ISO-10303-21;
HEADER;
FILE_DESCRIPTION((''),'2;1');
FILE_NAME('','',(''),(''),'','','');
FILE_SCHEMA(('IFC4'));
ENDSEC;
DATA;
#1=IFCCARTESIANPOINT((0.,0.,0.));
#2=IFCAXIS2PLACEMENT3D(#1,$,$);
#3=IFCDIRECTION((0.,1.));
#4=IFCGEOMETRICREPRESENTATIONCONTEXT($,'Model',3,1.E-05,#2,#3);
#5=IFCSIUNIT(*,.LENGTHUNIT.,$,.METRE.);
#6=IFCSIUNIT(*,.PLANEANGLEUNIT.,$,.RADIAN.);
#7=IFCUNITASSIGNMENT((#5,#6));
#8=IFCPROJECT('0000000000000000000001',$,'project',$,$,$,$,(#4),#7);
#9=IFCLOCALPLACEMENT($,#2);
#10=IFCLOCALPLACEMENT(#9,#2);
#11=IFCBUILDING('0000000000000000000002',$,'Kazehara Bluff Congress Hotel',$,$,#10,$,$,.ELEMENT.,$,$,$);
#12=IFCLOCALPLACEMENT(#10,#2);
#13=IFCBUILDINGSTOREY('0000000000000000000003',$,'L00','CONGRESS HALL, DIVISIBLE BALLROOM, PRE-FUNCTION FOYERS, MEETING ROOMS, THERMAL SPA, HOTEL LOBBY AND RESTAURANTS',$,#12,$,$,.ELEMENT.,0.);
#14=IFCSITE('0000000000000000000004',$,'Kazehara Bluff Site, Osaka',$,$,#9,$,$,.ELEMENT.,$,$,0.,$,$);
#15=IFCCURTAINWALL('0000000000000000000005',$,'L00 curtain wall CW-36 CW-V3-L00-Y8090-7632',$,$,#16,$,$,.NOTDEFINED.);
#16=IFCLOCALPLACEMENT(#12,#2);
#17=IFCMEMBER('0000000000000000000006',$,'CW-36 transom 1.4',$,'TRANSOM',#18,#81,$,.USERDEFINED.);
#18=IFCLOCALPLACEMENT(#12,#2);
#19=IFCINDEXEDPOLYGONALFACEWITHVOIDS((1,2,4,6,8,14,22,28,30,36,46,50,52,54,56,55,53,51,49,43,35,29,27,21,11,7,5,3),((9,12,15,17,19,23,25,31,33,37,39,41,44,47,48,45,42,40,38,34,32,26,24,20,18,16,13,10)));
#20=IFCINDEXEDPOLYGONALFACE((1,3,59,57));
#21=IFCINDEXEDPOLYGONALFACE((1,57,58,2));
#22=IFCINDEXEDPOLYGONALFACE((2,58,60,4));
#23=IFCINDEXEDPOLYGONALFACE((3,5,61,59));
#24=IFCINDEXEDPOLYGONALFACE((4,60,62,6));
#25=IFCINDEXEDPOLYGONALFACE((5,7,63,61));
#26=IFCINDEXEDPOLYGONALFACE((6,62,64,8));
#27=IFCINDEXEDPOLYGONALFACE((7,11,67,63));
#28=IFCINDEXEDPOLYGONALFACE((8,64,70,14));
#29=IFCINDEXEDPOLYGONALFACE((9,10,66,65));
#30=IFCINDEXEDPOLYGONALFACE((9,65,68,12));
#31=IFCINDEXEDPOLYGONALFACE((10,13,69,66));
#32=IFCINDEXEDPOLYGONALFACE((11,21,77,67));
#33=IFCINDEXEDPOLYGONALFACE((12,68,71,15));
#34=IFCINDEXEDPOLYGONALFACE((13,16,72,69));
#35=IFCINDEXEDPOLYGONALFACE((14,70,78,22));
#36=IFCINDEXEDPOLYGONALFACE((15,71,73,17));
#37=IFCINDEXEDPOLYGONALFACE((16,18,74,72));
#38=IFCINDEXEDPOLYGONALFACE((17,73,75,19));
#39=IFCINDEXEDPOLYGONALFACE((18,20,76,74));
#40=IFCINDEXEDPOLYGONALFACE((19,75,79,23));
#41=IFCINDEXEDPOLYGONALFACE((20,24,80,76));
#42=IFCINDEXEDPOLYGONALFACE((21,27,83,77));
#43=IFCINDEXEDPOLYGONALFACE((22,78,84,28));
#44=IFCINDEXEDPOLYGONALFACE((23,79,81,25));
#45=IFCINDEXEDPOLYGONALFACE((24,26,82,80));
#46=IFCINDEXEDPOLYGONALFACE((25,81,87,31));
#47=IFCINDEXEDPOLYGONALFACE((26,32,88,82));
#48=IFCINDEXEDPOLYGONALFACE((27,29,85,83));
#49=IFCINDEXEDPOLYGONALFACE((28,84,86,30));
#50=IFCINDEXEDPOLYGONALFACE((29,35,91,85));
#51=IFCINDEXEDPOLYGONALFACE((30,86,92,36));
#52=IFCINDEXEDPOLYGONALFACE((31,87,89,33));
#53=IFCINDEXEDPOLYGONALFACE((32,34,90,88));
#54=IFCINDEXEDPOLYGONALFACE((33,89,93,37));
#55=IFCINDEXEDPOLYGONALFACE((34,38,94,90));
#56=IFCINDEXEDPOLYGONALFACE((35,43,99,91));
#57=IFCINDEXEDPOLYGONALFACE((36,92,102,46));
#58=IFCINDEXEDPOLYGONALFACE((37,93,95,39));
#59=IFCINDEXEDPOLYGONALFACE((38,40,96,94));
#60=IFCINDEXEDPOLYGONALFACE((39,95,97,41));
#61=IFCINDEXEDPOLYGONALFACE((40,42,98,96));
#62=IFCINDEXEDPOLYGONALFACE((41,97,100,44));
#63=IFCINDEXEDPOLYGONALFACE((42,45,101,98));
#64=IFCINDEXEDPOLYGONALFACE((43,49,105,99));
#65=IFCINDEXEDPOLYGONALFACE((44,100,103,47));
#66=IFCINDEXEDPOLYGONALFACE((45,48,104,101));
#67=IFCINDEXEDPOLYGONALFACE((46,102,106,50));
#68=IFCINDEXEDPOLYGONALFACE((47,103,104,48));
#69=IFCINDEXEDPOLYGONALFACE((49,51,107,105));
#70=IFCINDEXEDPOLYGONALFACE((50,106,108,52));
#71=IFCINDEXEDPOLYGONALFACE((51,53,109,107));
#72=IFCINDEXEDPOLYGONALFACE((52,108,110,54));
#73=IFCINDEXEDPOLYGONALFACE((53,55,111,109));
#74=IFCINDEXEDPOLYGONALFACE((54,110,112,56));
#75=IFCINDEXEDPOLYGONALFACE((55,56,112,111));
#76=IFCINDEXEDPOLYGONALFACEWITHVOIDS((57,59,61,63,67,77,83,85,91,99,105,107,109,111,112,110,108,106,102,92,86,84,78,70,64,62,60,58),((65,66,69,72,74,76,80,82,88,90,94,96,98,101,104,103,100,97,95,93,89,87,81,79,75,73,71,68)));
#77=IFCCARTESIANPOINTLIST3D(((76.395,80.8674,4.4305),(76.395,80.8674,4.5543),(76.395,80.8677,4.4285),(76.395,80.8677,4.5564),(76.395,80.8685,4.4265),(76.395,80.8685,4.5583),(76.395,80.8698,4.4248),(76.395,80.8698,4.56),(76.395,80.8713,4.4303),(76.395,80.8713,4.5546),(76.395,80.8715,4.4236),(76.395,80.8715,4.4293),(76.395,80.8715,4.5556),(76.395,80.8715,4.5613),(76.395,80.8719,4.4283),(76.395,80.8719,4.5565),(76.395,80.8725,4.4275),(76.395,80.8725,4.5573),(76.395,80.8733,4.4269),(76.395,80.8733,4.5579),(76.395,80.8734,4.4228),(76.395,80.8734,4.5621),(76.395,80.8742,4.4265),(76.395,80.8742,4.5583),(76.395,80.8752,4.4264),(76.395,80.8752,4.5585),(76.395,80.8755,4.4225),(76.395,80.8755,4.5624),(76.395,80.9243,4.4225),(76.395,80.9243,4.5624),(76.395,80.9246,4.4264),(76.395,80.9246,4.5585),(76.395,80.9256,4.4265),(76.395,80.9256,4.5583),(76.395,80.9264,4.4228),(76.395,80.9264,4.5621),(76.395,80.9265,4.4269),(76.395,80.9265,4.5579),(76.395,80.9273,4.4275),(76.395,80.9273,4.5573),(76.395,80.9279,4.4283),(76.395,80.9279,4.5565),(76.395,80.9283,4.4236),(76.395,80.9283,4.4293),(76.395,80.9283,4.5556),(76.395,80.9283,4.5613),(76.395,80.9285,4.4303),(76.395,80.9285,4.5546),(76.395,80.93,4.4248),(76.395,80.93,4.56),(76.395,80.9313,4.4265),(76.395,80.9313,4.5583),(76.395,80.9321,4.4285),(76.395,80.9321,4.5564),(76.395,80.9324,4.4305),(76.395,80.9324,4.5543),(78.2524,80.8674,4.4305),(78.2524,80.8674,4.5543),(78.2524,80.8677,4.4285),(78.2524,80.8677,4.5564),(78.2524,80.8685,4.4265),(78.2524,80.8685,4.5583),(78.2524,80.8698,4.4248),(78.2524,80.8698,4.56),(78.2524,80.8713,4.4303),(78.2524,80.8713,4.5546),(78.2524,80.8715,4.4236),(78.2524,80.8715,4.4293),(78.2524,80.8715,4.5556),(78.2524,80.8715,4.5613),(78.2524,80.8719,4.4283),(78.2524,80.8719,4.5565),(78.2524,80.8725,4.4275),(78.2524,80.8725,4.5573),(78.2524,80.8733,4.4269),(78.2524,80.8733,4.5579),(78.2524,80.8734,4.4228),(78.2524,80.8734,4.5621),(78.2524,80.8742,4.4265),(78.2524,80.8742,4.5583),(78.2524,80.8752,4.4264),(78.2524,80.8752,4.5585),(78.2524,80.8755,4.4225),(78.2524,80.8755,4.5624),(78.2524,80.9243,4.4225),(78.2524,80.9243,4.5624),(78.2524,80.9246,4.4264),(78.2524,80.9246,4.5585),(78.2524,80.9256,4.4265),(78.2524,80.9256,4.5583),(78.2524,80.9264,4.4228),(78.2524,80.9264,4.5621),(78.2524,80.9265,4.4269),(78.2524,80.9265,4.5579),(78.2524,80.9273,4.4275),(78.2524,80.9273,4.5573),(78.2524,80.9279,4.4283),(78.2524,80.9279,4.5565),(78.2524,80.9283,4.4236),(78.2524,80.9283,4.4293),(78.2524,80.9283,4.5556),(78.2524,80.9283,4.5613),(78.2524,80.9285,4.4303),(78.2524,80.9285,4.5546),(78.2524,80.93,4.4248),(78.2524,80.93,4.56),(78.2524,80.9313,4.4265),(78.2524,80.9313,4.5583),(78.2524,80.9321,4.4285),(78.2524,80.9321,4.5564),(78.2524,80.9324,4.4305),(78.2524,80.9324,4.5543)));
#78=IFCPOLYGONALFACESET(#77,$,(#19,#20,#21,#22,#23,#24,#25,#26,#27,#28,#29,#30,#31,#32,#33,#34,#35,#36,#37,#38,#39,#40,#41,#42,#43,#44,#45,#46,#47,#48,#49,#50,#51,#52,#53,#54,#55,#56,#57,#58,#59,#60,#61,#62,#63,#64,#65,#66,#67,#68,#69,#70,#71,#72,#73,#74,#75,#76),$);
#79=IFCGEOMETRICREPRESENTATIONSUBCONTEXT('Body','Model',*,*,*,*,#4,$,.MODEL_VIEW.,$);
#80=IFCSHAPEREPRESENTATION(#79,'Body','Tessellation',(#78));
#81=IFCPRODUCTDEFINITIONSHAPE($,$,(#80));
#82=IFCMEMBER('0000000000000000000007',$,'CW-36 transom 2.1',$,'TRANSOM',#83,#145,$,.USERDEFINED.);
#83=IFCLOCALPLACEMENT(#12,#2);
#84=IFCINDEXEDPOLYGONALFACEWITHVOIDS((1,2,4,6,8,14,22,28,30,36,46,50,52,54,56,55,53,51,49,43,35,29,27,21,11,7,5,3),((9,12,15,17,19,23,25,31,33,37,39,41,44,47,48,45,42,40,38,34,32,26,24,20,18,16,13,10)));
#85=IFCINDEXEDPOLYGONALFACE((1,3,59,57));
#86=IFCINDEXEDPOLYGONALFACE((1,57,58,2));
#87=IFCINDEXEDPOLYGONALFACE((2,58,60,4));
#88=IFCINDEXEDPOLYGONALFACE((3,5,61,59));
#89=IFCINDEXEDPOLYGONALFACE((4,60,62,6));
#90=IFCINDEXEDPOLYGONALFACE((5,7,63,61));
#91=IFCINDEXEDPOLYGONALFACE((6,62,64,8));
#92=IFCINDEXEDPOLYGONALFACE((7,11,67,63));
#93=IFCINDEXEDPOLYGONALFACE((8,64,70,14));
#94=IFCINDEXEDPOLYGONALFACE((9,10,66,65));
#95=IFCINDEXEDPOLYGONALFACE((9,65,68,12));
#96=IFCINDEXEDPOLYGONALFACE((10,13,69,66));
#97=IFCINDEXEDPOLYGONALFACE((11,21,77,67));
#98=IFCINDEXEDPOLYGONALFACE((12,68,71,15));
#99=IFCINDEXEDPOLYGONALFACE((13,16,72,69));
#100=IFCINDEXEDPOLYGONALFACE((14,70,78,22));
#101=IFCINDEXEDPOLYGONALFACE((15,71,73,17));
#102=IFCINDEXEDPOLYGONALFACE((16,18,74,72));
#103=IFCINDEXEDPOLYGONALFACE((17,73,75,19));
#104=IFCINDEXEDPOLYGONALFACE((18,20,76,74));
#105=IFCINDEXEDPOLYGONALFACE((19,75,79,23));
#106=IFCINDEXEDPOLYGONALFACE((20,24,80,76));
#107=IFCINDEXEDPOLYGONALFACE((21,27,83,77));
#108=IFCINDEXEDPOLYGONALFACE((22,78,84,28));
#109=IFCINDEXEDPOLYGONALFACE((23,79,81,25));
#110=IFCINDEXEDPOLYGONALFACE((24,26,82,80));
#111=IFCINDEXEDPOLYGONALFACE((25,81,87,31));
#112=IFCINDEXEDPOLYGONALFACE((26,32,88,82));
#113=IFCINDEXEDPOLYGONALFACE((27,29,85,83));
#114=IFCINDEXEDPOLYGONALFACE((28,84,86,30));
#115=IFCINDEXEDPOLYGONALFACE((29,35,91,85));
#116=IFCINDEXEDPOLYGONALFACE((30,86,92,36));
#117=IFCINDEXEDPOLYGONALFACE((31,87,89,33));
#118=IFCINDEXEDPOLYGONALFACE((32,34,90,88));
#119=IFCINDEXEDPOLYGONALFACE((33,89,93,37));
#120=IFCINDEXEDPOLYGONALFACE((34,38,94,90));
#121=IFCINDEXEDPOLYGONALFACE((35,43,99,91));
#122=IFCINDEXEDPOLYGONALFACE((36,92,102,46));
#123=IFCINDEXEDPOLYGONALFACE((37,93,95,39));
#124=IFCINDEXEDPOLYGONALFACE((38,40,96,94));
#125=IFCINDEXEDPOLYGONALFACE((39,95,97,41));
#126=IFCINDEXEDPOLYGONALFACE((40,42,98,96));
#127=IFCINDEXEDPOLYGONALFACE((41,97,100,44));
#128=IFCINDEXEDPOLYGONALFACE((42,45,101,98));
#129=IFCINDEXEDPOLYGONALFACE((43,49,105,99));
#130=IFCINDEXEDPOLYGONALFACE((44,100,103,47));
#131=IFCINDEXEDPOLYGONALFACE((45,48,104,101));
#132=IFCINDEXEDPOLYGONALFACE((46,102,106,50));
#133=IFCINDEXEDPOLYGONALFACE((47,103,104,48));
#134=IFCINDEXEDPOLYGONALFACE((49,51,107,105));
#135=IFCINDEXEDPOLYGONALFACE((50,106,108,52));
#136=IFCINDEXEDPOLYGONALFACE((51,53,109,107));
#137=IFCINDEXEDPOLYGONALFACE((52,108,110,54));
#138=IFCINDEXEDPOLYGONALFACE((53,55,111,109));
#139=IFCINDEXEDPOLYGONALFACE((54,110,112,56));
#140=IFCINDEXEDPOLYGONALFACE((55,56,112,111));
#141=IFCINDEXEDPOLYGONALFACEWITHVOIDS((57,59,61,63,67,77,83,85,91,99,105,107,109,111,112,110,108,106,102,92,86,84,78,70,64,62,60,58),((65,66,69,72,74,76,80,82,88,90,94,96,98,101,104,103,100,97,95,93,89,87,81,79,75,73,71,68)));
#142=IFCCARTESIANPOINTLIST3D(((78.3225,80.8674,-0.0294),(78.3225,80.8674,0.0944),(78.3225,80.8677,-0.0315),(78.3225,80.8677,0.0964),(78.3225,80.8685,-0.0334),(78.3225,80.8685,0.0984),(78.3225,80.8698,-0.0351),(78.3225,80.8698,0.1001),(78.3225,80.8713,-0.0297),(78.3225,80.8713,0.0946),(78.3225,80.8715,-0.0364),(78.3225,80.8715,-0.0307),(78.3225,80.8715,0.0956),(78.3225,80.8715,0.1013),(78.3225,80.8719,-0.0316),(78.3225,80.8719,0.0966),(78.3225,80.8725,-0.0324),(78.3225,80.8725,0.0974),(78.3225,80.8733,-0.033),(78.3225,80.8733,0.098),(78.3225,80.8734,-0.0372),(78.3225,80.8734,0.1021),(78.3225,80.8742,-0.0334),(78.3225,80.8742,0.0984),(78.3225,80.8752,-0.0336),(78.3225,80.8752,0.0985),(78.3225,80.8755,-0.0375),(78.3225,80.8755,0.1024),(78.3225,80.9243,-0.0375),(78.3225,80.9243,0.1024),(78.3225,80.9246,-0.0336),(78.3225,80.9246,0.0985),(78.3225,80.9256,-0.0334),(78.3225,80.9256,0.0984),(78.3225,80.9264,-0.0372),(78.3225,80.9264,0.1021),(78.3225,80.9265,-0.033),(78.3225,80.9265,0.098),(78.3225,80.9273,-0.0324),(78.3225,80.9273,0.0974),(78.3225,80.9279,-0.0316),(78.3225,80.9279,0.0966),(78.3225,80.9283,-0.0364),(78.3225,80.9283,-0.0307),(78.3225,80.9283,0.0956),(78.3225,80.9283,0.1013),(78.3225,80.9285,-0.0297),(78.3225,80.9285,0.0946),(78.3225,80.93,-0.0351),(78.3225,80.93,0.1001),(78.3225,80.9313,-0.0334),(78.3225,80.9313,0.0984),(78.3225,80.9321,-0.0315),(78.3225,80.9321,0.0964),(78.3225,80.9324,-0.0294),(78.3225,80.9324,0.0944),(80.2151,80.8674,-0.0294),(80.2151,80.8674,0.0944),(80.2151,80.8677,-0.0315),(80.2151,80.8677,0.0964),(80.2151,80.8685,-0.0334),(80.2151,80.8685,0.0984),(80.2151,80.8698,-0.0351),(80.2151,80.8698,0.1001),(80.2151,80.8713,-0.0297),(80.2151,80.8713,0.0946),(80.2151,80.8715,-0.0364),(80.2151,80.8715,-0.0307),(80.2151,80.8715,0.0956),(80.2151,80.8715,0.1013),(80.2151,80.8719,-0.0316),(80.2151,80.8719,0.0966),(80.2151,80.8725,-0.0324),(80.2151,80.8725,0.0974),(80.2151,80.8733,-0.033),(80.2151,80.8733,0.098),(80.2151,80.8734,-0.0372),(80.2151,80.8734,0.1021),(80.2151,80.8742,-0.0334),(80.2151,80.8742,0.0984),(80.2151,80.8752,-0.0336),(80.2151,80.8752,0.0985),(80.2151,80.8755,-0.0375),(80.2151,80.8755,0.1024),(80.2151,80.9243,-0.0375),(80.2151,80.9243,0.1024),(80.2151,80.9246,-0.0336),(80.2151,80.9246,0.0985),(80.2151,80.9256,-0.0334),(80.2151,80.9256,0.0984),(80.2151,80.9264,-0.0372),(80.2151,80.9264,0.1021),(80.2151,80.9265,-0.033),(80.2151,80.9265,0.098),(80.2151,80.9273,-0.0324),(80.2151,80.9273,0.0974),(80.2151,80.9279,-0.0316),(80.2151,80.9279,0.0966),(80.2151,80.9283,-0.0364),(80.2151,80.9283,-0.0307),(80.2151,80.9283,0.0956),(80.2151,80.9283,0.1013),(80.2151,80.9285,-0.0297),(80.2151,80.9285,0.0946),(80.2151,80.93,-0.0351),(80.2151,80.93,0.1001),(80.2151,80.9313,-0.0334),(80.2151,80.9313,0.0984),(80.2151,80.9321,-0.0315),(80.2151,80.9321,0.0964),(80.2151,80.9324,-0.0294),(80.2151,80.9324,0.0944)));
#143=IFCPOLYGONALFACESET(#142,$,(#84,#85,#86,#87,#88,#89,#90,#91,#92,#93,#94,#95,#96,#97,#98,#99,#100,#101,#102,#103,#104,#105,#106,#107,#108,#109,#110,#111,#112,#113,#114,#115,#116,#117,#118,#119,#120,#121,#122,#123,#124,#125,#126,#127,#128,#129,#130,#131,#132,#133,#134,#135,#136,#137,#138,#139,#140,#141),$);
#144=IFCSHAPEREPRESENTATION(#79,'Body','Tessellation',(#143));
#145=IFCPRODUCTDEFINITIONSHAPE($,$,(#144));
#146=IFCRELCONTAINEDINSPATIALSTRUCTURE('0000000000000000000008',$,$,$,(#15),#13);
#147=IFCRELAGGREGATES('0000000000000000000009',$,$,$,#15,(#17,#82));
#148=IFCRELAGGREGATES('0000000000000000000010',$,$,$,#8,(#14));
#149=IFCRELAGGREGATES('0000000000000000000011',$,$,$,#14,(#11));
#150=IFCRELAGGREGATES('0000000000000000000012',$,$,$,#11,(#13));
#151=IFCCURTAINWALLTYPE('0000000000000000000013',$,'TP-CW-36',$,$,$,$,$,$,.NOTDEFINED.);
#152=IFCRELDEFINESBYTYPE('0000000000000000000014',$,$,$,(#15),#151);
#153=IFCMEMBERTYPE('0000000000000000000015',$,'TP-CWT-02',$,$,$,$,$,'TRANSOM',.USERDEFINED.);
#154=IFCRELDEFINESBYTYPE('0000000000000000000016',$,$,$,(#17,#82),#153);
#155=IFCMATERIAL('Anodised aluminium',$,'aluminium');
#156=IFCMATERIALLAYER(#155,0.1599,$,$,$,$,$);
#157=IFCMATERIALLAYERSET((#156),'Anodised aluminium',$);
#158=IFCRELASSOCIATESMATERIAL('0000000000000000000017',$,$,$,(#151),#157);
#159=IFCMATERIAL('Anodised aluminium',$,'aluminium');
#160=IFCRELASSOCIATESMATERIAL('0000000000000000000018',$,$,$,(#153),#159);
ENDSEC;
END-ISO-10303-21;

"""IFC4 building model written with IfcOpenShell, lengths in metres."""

from ifc_helpers import new_model, si_unit, direction, frame, origin, origin_2d, place, context, subcontext, project, spatial, hollow_rectangle, extrude, material, layer, layer_set, material_profile, profile_set, type_object, element, aggregate, save


model = new_model("IFC4")

# Units and contexts
model_context = context("Model", 3, precision=1e-05, world=origin(), true_north=direction((0.0, 1.0)))
body_context = subcontext(model_context, "Body", "Model", "MODEL_VIEW")
ifc_project = project(units=[si_unit("LENGTHUNIT", "METRE"), si_unit("PLANEANGLEUNIT", "RADIAN")], contexts=[model_context])

# Site, building, storey
site_placement = place(None, origin())
site = spatial("IfcSite", under=ifc_project, at=site_placement, Name="Kazehara Bluff Site, Osaka", CompositionType="ELEMENT", RefElevation=0.0)
building_placement = place(site_placement, origin())
building = spatial("IfcBuilding", under=site, at=building_placement, Name="Kazehara Bluff Congress Hotel", CompositionType="ELEMENT")
storey_placement = place(building_placement, origin())
storey = spatial("IfcBuildingStorey", under=building, at=storey_placement, Name="L00", Description="CONGRESS HALL, DIVISIBLE BALLROOM, PRE-FUNCTION FOYERS, MEETING ROOMS, THERMAL SPA, HOTEL LOBBY AND RESTAURANTS", CompositionType="ELEMENT", Elevation=0.0)

# Shared definitions
ifc_material_1 = material(Name="Anodised aluminium", Category="aluminium")
ifc_layer_1 = layer(ifc_material_1, 0.1599)
ifc_layer_set_1 = layer_set([ifc_layer_1], Name="Anodised aluminium")
curtain_wall_type = type_object("IfcCurtainWallType", Name="TP-CW-36", PredefinedType="NOTDEFINED", material=ifc_layer_set_1)

# Curtain wall
curtain_wall_1_placement = place(storey_placement, origin())
curtain_wall_1 = element("IfcCurtainWall", 1, at=curtain_wall_1_placement, inside=storey, type_object=curtain_wall_type, Name="L00 curtain wall CW-36 CW-V3-L00-Y8090-7632", PredefinedType="NOTDEFINED")

# Members
ifc_material_2 = material(Name="Anodised aluminium", Category="aluminium")
ifc_material_profile_1 = material_profile(ifc_material_2, hollow_rectangle(XDim=0.0649, YDim=0.1399, WallThickness=0.0039, InnerFilletRadius=0.0039, OuterFilletRadius=0.0081, at=origin_2d()))
ifc_profile_set_1 = profile_set([ifc_material_profile_1], Name="Anodised aluminium")
member_type_1 = type_object("IfcMemberType", Name="TP-CWT-02", ElementType="TRANSOM", PredefinedType="USERDEFINED", material=ifc_profile_set_1)
member_1_placement = place(storey_placement, frame((76.395, 80.8999, 4.4924), z_axis=(1.0, 0.0, 0.0), x_axis=(0.0, 1.0, 0.0)))
member_1 = element("IfcMember", 2, at=member_1_placement, type_object=member_type_1, Name="CW-36 transom 1.4", ObjectType="TRANSOM", PredefinedType="USERDEFINED", context=body_context, shape_type="SweptSolid", body=[
    extrude(hollow_rectangle(XDim=0.0649, YDim=0.1399, WallThickness=0.0039, InnerFilletRadius=0.0039, OuterFilletRadius=0.0081, at=origin_2d()), origin(), (0.0, 0.0, 1.0), 1.8574),
])
member_2_placement = place(storey_placement, frame((78.3225, 80.8999, 0.0325), z_axis=(1.0, 0.0, 0.0), x_axis=(0.0, 1.0, 0.0)))
member_2 = element("IfcMember", 3, at=member_2_placement, type_object=member_type_1, Name="CW-36 transom 2.1", ObjectType="TRANSOM", PredefinedType="USERDEFINED", context=body_context, shape_type="SweptSolid", body=[
    extrude(hollow_rectangle(XDim=0.0649, YDim=0.1399, WallThickness=0.0039, InnerFilletRadius=0.0039, OuterFilletRadius=0.0081, at=origin_2d()), origin(), (0.0, 0.0, 1.0), 1.8926),
])

aggregate(curtain_wall_1, [member_1, member_2])

save(model, "model.ifc")
